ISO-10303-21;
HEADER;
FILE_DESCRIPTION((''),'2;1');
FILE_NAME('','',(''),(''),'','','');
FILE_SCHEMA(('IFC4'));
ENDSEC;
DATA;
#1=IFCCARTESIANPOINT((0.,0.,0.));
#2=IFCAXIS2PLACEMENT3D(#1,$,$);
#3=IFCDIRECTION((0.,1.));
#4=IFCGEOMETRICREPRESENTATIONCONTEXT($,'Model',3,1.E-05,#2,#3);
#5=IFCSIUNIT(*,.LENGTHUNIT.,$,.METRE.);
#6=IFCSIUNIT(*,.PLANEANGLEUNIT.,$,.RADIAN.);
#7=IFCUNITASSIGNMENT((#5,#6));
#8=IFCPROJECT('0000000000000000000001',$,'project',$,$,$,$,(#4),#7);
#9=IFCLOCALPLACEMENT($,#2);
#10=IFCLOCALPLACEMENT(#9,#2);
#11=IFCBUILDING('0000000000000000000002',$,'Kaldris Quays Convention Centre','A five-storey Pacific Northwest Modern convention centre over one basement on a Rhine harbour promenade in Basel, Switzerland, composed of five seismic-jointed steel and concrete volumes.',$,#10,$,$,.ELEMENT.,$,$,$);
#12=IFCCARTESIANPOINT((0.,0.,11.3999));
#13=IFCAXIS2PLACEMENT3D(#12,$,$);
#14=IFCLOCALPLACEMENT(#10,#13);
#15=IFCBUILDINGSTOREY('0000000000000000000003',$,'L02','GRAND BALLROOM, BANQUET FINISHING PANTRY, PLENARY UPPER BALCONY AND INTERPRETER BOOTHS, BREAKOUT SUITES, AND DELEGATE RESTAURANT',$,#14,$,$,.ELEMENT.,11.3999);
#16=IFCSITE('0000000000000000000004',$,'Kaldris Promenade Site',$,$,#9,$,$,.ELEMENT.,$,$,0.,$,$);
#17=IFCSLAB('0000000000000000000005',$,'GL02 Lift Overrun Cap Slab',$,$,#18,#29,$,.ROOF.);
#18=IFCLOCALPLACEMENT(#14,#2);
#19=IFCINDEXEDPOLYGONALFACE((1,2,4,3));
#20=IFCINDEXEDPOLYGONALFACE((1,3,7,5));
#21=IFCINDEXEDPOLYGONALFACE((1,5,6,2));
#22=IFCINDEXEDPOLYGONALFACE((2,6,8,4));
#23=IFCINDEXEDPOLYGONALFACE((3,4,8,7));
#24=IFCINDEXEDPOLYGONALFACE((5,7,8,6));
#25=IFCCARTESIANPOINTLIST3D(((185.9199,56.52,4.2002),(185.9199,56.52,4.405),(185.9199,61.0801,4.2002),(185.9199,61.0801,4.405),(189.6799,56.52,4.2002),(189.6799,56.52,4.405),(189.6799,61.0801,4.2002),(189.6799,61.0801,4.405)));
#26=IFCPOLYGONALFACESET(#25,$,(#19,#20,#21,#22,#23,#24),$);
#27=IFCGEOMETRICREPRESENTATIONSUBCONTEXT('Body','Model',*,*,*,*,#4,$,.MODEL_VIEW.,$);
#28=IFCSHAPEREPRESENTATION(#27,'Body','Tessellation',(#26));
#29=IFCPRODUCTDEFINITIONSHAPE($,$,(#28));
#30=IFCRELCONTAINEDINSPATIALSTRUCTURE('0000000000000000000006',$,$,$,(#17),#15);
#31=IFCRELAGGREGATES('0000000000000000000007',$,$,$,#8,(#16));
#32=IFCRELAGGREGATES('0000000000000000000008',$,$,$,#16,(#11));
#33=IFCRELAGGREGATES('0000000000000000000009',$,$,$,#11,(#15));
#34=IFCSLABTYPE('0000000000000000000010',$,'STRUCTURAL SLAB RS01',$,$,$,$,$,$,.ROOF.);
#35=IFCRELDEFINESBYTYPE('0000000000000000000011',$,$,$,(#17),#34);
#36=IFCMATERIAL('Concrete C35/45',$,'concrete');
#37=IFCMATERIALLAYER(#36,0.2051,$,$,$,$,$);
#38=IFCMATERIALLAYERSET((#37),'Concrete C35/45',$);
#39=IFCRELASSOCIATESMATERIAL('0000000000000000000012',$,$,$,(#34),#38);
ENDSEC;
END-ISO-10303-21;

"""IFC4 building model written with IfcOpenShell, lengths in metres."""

from ifc_helpers import new_model, si_unit, direction, frame, origin, place, context, subcontext, project, spatial, polyline, outline, extrude, material, layer, layer_set, type_object, element, save


model = new_model("IFC4")

# Units and contexts
model_context = context("Model", 3, precision=1e-05, world=origin(), true_north=direction((0.0, 1.0)))
body_context = subcontext(model_context, "Body", "Model", "MODEL_VIEW")
ifc_project = project(units=[si_unit("LENGTHUNIT", "METRE"), si_unit("PLANEANGLEUNIT", "RADIAN")], contexts=[model_context])

# Site, building, storey
site_placement = place(None, origin())
site = spatial("IfcSite", under=ifc_project, at=site_placement, Name="Kaldris Promenade Site", CompositionType="ELEMENT", RefElevation=0.0)
building_placement = place(site_placement, origin())
building = spatial("IfcBuilding", under=site, at=building_placement, Name="Kaldris Quays Convention Centre", Description="A five-storey Pacific Northwest Modern convention centre over one basement on a Rhine harbour promenade in Basel, Switzerland, composed of five seismic-jointed steel and concrete volumes.", CompositionType="ELEMENT")
storey_placement = place(building_placement, frame((0.0, 0.0, 11.3999)))
storey = spatial("IfcBuildingStorey", under=building, at=storey_placement, Name="L02", Description="GRAND BALLROOM, BANQUET FINISHING PANTRY, PLENARY UPPER BALCONY AND INTERPRETER BOOTHS, BREAKOUT SUITES, AND DELEGATE RESTAURANT", CompositionType="ELEMENT", Elevation=11.3999)

# Shared definitions
ifc_material = material(Name="Concrete C35/45", Category="concrete")

# Slab
ifc_layer_1 = layer(ifc_material, 0.2051)
ifc_layer_set_1 = layer_set([ifc_layer_1], Name="Concrete C35/45")
slab_type_1 = type_object("IfcSlabType", Name="STRUCTURAL SLAB RS01", PredefinedType="ROOF", material=ifc_layer_set_1)
slab_1_placement = place(storey_placement, frame((0.0, 0.0, 4.2002)))
element("IfcSlab", 1, at=slab_1_placement, inside=storey, type_object=slab_type_1, Name="GL02 Lift Overrun Cap Slab", PredefinedType="ROOF", context=body_context, shape_type="SweptSolid", body=[
    extrude(outline(polyline([(185.9199, 56.52), (189.6799, 56.52), (189.6799, 61.0801), (185.9199, 61.0801), (185.9199, 56.52)])), origin(), (0.0, 0.0, 1.0), 0.2048),
])

save(model, "model.ifc")
